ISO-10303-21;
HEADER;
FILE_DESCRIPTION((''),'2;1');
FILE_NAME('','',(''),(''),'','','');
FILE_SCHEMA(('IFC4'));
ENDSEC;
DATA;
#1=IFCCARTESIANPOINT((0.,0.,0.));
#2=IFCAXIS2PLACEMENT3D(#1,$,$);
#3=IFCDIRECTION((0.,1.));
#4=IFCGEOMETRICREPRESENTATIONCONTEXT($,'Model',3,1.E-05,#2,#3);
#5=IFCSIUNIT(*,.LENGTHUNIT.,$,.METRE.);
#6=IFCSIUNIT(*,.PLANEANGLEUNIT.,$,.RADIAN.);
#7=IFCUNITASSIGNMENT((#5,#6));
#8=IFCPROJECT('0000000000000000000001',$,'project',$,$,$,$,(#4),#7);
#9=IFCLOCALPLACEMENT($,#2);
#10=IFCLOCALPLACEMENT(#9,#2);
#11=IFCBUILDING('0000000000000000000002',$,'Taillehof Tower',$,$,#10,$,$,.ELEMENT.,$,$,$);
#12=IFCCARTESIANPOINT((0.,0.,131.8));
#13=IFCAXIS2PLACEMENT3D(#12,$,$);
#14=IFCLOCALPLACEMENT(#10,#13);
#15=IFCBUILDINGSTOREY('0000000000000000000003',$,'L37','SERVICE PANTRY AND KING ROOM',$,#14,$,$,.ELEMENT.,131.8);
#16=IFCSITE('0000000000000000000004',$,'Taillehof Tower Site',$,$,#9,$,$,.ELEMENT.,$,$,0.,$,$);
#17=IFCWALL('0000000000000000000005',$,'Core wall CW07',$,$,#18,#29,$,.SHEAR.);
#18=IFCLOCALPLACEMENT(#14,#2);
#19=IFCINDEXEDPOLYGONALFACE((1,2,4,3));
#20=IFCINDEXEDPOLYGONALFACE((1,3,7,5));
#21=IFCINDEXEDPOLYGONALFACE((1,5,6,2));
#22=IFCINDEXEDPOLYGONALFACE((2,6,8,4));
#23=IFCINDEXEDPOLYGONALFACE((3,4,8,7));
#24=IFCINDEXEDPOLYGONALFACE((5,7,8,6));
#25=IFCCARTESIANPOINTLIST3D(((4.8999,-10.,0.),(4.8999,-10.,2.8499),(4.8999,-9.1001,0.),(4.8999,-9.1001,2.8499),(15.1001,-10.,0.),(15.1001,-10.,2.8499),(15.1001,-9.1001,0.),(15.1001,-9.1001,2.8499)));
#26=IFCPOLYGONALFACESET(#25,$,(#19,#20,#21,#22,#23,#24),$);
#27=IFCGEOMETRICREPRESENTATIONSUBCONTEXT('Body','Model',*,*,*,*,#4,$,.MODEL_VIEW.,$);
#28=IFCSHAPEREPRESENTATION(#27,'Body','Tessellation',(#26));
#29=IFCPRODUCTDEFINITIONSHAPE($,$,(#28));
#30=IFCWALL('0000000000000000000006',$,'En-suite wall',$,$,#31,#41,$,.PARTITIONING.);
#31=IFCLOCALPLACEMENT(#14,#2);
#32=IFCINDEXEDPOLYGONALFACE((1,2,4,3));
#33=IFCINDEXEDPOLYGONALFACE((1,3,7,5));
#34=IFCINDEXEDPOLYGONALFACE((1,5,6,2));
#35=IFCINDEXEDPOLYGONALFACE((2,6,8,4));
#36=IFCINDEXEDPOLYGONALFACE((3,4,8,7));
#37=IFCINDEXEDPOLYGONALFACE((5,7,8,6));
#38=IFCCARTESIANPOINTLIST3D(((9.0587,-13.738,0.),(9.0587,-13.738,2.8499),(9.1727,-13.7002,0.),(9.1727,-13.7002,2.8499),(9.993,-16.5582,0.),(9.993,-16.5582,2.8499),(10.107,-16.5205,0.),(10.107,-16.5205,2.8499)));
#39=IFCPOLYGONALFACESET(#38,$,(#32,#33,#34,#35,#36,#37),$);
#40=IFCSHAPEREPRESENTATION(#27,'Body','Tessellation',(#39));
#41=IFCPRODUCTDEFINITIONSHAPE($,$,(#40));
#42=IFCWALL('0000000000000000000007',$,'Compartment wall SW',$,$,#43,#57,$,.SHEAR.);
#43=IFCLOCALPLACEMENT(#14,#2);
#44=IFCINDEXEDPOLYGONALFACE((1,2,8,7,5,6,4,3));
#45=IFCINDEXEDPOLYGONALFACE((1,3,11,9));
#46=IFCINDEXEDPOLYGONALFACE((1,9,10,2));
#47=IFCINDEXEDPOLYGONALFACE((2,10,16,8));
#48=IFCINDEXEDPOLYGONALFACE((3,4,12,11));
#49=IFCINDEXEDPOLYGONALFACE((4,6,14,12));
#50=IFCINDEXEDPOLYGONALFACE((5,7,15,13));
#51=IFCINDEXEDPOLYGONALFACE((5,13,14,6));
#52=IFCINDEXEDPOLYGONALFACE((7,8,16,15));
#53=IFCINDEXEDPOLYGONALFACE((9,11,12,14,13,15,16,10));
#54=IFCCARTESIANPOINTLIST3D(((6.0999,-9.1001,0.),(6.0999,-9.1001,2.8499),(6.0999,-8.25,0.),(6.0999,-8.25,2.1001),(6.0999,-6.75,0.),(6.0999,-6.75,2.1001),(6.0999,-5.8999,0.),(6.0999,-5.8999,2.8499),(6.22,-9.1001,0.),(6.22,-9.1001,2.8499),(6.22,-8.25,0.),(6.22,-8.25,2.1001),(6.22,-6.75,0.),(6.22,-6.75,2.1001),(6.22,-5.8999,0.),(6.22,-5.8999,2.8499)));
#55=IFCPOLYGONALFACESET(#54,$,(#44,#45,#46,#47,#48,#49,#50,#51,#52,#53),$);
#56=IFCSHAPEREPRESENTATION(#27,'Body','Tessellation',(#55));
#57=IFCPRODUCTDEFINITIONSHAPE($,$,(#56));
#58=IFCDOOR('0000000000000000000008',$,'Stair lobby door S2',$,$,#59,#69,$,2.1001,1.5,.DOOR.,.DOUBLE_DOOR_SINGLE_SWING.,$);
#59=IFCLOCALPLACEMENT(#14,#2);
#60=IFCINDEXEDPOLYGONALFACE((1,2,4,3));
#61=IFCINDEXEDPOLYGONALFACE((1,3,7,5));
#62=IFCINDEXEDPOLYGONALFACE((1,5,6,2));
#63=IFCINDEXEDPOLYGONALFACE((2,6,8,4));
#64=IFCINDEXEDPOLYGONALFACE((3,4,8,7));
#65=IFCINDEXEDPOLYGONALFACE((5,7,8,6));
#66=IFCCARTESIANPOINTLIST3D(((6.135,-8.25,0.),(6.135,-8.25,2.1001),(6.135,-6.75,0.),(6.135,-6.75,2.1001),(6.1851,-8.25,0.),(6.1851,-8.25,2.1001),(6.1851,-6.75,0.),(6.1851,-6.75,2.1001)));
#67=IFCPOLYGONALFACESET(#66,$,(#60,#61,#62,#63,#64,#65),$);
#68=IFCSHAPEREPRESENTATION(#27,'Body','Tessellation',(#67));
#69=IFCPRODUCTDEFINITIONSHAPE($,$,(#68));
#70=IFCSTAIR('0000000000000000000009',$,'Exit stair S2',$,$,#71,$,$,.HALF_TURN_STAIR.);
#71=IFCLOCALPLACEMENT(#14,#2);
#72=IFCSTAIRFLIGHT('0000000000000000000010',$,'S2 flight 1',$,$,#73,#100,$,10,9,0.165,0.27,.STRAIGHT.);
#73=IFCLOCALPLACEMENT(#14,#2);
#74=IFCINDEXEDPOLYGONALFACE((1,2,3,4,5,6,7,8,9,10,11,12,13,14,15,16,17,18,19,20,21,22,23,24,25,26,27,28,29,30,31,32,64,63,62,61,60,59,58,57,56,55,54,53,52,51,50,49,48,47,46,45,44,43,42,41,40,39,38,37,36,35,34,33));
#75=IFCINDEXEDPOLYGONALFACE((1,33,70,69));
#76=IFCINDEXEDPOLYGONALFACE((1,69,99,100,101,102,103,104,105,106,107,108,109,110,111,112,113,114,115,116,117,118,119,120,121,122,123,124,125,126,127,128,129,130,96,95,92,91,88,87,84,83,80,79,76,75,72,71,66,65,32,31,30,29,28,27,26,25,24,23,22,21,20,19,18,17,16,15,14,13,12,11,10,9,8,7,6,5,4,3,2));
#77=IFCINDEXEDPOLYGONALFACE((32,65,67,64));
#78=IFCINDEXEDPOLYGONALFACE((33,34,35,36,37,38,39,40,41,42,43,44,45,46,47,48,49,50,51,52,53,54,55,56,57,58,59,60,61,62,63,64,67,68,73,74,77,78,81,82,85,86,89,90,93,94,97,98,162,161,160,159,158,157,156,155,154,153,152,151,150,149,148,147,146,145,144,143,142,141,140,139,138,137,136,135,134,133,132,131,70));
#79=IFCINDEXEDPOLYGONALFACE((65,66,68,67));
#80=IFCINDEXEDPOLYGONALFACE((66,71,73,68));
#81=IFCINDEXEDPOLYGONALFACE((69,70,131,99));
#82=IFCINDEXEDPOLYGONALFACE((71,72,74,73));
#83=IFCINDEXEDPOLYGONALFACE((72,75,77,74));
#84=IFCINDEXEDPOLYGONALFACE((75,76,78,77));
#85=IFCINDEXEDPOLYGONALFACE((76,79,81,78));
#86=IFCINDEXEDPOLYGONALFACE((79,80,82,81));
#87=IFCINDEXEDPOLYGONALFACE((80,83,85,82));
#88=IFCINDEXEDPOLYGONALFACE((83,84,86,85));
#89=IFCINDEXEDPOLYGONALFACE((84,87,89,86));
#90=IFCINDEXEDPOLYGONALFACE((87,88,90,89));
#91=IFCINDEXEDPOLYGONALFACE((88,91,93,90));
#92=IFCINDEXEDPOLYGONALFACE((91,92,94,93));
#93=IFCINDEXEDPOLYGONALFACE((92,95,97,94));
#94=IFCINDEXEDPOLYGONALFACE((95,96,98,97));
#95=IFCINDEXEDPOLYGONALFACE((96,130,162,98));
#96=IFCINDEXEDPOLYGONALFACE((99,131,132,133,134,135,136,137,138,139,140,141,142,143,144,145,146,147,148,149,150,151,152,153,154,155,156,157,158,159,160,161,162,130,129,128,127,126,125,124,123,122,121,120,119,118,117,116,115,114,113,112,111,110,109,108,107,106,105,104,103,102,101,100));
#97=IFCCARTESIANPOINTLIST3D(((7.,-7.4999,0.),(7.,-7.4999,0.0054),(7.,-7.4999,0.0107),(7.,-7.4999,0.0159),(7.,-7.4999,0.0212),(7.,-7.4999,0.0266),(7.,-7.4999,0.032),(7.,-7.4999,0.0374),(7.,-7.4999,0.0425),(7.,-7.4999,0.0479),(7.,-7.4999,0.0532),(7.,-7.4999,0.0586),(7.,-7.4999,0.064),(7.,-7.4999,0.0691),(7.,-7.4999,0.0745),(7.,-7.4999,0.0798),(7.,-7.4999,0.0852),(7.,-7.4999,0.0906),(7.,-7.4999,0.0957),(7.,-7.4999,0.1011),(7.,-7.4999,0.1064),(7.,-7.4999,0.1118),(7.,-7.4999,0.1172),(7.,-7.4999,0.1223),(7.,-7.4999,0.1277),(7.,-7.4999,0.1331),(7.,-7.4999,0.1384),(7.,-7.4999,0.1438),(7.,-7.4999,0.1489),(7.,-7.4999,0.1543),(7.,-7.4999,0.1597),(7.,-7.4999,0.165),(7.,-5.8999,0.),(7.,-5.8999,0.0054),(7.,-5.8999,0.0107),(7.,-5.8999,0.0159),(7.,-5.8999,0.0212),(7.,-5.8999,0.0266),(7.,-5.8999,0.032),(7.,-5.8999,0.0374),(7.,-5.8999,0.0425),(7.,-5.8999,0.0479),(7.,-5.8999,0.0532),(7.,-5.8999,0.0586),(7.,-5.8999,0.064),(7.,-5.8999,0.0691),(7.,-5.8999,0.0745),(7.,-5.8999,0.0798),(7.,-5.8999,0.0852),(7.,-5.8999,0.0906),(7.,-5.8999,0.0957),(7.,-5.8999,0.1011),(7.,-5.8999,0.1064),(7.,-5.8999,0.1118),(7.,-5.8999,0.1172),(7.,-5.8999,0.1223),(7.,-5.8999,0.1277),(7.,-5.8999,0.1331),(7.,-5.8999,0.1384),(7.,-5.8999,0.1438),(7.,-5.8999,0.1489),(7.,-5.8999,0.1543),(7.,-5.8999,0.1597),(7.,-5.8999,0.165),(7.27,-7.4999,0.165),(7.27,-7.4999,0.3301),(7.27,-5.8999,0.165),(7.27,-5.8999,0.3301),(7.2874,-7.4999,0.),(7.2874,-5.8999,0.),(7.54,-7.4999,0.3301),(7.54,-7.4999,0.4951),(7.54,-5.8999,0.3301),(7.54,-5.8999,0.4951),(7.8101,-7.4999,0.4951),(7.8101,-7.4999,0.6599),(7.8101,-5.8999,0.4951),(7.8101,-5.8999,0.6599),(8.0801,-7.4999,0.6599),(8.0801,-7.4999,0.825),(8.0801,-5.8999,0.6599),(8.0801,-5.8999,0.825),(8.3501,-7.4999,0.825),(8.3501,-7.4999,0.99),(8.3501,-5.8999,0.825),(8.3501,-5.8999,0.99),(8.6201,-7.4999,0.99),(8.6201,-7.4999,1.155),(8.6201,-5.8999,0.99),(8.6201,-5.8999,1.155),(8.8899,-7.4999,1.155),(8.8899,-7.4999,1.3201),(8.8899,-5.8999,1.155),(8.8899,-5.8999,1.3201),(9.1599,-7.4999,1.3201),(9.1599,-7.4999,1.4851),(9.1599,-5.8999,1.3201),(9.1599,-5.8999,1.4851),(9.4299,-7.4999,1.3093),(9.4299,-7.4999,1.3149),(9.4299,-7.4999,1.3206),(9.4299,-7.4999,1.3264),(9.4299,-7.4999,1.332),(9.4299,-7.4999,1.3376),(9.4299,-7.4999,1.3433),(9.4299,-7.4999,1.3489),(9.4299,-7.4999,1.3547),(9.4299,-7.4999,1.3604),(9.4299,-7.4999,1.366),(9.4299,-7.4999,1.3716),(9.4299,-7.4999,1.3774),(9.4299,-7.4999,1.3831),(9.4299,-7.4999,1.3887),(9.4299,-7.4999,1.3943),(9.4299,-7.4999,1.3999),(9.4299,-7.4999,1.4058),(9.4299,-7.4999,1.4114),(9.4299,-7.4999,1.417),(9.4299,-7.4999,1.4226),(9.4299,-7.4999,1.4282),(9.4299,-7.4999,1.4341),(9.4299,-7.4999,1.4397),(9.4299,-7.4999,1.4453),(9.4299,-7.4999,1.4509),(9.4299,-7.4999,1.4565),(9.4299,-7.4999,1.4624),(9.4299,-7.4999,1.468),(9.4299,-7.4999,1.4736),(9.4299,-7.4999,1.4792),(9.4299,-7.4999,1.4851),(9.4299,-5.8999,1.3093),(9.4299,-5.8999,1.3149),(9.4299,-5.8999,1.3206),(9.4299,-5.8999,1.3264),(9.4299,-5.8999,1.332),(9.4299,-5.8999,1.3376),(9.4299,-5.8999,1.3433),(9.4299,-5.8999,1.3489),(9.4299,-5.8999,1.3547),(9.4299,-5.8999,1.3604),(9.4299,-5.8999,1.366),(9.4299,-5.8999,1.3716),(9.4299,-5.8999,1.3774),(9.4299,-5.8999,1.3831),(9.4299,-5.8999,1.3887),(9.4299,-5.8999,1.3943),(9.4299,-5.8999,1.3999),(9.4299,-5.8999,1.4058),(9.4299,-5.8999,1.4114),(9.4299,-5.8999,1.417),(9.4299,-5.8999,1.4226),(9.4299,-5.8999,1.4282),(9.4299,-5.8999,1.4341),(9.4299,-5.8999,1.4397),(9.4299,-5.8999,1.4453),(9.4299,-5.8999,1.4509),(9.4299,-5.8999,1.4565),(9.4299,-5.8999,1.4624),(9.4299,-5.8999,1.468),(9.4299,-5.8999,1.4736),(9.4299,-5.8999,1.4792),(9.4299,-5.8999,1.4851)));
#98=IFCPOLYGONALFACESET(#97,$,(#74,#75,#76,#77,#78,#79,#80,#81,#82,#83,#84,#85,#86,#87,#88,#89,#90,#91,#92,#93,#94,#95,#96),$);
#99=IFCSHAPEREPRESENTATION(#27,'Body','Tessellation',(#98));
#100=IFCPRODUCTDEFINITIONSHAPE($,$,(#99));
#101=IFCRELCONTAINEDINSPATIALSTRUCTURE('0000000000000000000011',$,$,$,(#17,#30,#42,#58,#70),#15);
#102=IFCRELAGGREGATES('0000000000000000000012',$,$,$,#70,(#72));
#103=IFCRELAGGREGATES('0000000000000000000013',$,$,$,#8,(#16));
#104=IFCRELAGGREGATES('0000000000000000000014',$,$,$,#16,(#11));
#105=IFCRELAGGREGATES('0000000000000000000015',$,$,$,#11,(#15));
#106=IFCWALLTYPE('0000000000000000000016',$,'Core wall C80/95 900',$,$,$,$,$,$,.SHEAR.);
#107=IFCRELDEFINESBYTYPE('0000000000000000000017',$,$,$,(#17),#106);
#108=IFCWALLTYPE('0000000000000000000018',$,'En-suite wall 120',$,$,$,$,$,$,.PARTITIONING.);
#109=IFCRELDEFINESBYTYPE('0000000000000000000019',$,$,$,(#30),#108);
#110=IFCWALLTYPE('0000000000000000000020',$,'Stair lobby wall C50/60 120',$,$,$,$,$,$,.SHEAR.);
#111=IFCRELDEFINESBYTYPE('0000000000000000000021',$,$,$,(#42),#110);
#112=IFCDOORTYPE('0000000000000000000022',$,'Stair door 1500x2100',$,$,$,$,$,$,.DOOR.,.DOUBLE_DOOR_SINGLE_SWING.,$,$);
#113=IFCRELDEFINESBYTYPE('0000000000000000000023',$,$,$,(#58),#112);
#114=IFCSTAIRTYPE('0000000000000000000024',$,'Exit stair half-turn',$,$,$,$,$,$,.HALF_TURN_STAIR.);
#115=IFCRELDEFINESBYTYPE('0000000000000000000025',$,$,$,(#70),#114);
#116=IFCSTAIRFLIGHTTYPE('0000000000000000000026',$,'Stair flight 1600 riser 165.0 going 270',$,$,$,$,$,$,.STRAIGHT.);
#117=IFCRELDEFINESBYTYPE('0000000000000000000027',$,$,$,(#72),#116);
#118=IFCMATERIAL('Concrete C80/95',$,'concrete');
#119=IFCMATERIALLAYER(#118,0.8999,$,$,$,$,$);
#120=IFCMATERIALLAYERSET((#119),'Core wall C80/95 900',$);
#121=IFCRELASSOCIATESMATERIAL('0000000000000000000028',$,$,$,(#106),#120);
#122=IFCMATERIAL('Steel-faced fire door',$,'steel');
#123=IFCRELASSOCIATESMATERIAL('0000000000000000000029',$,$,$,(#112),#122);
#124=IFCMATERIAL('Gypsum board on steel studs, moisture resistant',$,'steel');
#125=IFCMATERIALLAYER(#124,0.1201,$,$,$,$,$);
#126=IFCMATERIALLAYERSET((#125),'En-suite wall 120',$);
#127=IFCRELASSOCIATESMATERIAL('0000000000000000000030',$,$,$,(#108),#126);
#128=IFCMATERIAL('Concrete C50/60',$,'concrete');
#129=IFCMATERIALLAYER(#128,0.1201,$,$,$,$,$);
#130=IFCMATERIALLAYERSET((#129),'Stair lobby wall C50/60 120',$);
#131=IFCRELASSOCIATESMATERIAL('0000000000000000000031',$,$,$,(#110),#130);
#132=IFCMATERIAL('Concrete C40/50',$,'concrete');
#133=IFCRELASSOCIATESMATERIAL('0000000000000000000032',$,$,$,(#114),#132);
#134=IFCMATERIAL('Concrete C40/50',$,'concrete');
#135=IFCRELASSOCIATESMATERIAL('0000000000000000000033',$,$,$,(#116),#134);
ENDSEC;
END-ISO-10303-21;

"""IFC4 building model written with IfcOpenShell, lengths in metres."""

from ifc_helpers import new_model, si_unit, direction, frame, frame_2d, origin, place, context, subcontext, project, spatial, polyline, rectangle, outline, extrude, material, layer, layer_set, type_object, element, fill, aggregate, save


model = new_model("IFC4")

# Units and contexts
model_context = context("Model", 3, precision=1e-05, world=origin(), true_north=direction((0.0, 1.0)))
body_context = subcontext(model_context, "Body", "Model", "MODEL_VIEW")
ifc_project = project(units=[si_unit("LENGTHUNIT", "METRE"), si_unit("PLANEANGLEUNIT", "RADIAN")], contexts=[model_context])

# Site, building, storey
site_placement = place(None, origin())
site = spatial("IfcSite", under=ifc_project, at=site_placement, Name="Taillehof Tower Site", CompositionType="ELEMENT", RefElevation=0.0)
building_placement = place(site_placement, origin())
building = spatial("IfcBuilding", under=site, at=building_placement, Name="Taillehof Tower", CompositionType="ELEMENT")
storey_placement = place(building_placement, frame((0.0, 0.0, 131.8)))
storey = spatial("IfcBuildingStorey", under=building, at=storey_placement, Name="L37", Description="SERVICE PANTRY AND KING ROOM", CompositionType="ELEMENT", Elevation=131.8)

# Shared definitions
ifc_material_1 = material(Name="Concrete C80/95", Category="concrete")
ifc_layer_1 = layer(ifc_material_1, 0.8999)
ifc_layer_set_1 = layer_set([ifc_layer_1], Name="Core wall C80/95 900")
wall_type_1 = type_object("IfcWallType", Name="Core wall C80/95 900", PredefinedType="SHEAR", material=ifc_layer_set_1)
ifc_material_2 = material(Name="Steel-faced fire door", Category="steel")
door_type_1 = type_object("IfcDoorType", Name="Stair door 1500x2100", OperationType="DOUBLE_DOOR_SINGLE_SWING", PredefinedType="DOOR", material=ifc_material_2)

# Walls
wall_1_placement = place(storey_placement, frame((4.8999, -9.55, 0.0), z_axis=(0.0, 0.0, 1.0), x_axis=(1.0, 0.0, 0.0)))
element("IfcWall", 1, at=wall_1_placement, inside=storey, type_object=wall_type_1, Name="Core wall CW07", PredefinedType="SHEAR", context=body_context, shape_type="SweptSolid", body=[
    extrude(rectangle(XDim=10.2002, YDim=0.8999, at=frame_2d((5.1001, 0.0))), origin(), (0.0, 0.0, 1.0), 2.8499),
])
ifc_material_3 = material(Name="Gypsum board on steel studs, moisture resistant", Category="steel")
ifc_layer_2 = layer(ifc_material_3, 0.1201)
ifc_layer_set_2 = layer_set([ifc_layer_2], Name="En-suite wall 120")
wall_type_2 = type_object("IfcWallType", Name="En-suite wall 120", PredefinedType="PARTITIONING", material=ifc_layer_set_2)
wall_2_placement = place(storey_placement, frame((9.1157, -13.7192, 0.0), z_axis=(0.0, 0.0, 1.0), x_axis=(0.314477, -0.949265, 0.0)))
element("IfcWall", 2, at=wall_2_placement, inside=storey, type_object=wall_type_2, Name="En-suite wall", PredefinedType="PARTITIONING", context=body_context, shape_type="SweptSolid", body=[
    extrude(rectangle(XDim=2.9709, YDim=0.1201, at=frame_2d((1.4854, 0.0))), origin(), (0.0, 0.0, 1.0), 2.8499),
])

# Wall, opening, door
ifc_material_4 = material(Name="Concrete C50/60", Category="concrete")
ifc_layer_3 = layer(ifc_material_4, 0.1201)
ifc_layer_set_3 = layer_set([ifc_layer_3], Name="Stair lobby wall C50/60 120")
wall_type_3 = type_object("IfcWallType", Name="Stair lobby wall C50/60 120", PredefinedType="SHEAR", material=ifc_layer_set_3)
wall_3_placement = place(storey_placement, frame((6.1599, -9.1001, 0.0), z_axis=(0.0, 0.0, 1.0), x_axis=(0.0, 1.0, 0.0)))
wall_3 = element("IfcWall", 3, at=wall_3_placement, inside=storey, type_object=wall_type_3, Name="Compartment wall SW", PredefinedType="SHEAR", context=body_context, shape_type="SweptSolid", body=[
    extrude(rectangle(XDim=3.2002, YDim=0.1201, at=frame_2d((1.6001, 0.0))), origin(), (0.0, 0.0, 1.0), 2.8499),
])
opening_1_placement = place(wall_3_placement, frame((0.8501, 0.0, 0.0)))
opening_1 = element("IfcOpeningElement", 4, at=opening_1_placement, cuts=wall_3, PredefinedType="OPENING", context=body_context, shape_type="SweptSolid", body=[
    extrude(rectangle(XDim=1.5, YDim=2.1001, at=frame_2d((0.75, 1.05))), frame((0.0, 0.0701, 0.0), z_axis=(0.0, -1.0, 0.0), x_axis=(1.0, 0.0, 0.0)), (0.0, 0.0, 1.0), 0.1401),
])
door_1_placement = place(opening_1_placement, origin())
door_1 = element("IfcDoor", 5, at=door_1_placement, inside=storey, type_object=door_type_1, Name="Stair lobby door S2", OperationType="DOUBLE_DOOR_SINGLE_SWING", OverallHeight=2.1001, OverallWidth=1.5, PredefinedType="DOOR", context=body_context, shape_type="SweptSolid", body=[
    extrude(rectangle(XDim=1.5, YDim=2.1001, at=frame_2d((0.75, 1.05))), frame((0.0, 0.0249, 0.0), z_axis=(0.0, -1.0, 0.0), x_axis=(1.0, 0.0, 0.0)), (0.0, 0.0, 1.0), 0.05),
])
fill(opening_1, door_1)

# Stair, stair flight
ifc_material_5 = material(Name="Concrete C40/50", Category="concrete")
stair_type = type_object("IfcStairType", Name="Exit stair half-turn", PredefinedType="HALF_TURN_STAIR", material=ifc_material_5)
stair_placement = place(storey_placement, origin())
stair = element("IfcStair", 6, at=stair_placement, inside=storey, type_object=stair_type, Name="Exit stair S2", PredefinedType="HALF_TURN_STAIR")
ifc_material_6 = material(Name="Concrete C40/50", Category="concrete")
stair_flight_type = type_object("IfcStairFlightType", Name="Stair flight 1600 riser 165.0 going 270", PredefinedType="STRAIGHT", material=ifc_material_6)
stair_flight_1_placement = place(storey_placement, frame((7.0, -6.7, 0.0), z_axis=(0.0, 0.0, 1.0), x_axis=(1.0, 0.0, 0.0)))
stair_flight_1 = element("IfcStairFlight", 7, at=stair_flight_1_placement, type_object=stair_flight_type, Name="S2 flight 1", NumberOfRisers=10, NumberOfTreads=9, PredefinedType="STRAIGHT", RiserHeight=0.165, TreadLength=0.27, context=body_context, shape_type="SweptSolid", body=[
    extrude(outline(polyline([(0.0, 0.0), (0.0, 0.0054), (0.0, 0.0107), (0.0, 0.0159), (0.0, 0.0212), (0.0, 0.0266), (0.0, 0.032), (0.0, 0.0374), (0.0, 0.0425), (0.0, 0.0479), (0.0, 0.0532), (0.0, 0.0586), (0.0, 0.064), (0.0, 0.0691), (0.0, 0.0745), (0.0, 0.0798), (0.0, 0.0852), (0.0, 0.0906), (0.0, 0.0957), (0.0, 0.1011), (0.0, 0.1064), (0.0, 0.1118), (0.0, 0.1172), (0.0, 0.1223), (0.0, 0.1277), (0.0, 0.1331), (0.0, 0.1384), (0.0, 0.1438), (0.0, 0.1489), (0.0, 0.1543), (0.0, 0.1597), (0.0, 0.165), (0.27, 0.165), (0.27, 0.3301), (0.54, 0.3301), (0.54, 0.4951), (0.8101, 0.4951), (0.8101, 0.6599), (1.0801, 0.6599), (1.0801, 0.825), (1.3501, 0.825), (1.3501, 0.99), (1.6201, 0.99), (1.6201, 1.155), (1.8899, 1.155), (1.8899, 1.3201), (2.1599, 1.3201), (2.1599, 1.4851), (2.4299, 1.4851), (2.4299, 1.4792), (2.4299, 1.4736), (2.4299, 1.468), (2.4299, 1.4624), (2.4299, 1.4565), (2.4299, 1.4509), (2.4299, 1.4453), (2.4299, 1.4397), (2.4299, 1.4341), (2.4299, 1.4282), (2.4299, 1.4226), (2.4299, 1.417), (2.4299, 1.4114), (2.4299, 1.4058), (2.4299, 1.3999), (2.4299, 1.3943), (2.4299, 1.3887), (2.4299, 1.3831), (2.4299, 1.3774), (2.4299, 1.3716), (2.4299, 1.366), (2.4299, 1.3604), (2.4299, 1.3547), (2.4299, 1.3489), (2.4299, 1.3433), (2.4299, 1.3376), (2.4299, 1.332), (2.4299, 1.3264), (2.4299, 1.3206), (2.4299, 1.3149), (2.4299, 1.3093), (0.2874, 0.0), (0.0, 0.0)])), frame((0.0, 0.8, 0.0), z_axis=(0.0, -1.0, 0.0), x_axis=(1.0, 0.0, 0.0)), (0.0, 0.0, 1.0), 1.6),
])
aggregate(stair, [stair_flight_1])

save(model, "model.ifc")
